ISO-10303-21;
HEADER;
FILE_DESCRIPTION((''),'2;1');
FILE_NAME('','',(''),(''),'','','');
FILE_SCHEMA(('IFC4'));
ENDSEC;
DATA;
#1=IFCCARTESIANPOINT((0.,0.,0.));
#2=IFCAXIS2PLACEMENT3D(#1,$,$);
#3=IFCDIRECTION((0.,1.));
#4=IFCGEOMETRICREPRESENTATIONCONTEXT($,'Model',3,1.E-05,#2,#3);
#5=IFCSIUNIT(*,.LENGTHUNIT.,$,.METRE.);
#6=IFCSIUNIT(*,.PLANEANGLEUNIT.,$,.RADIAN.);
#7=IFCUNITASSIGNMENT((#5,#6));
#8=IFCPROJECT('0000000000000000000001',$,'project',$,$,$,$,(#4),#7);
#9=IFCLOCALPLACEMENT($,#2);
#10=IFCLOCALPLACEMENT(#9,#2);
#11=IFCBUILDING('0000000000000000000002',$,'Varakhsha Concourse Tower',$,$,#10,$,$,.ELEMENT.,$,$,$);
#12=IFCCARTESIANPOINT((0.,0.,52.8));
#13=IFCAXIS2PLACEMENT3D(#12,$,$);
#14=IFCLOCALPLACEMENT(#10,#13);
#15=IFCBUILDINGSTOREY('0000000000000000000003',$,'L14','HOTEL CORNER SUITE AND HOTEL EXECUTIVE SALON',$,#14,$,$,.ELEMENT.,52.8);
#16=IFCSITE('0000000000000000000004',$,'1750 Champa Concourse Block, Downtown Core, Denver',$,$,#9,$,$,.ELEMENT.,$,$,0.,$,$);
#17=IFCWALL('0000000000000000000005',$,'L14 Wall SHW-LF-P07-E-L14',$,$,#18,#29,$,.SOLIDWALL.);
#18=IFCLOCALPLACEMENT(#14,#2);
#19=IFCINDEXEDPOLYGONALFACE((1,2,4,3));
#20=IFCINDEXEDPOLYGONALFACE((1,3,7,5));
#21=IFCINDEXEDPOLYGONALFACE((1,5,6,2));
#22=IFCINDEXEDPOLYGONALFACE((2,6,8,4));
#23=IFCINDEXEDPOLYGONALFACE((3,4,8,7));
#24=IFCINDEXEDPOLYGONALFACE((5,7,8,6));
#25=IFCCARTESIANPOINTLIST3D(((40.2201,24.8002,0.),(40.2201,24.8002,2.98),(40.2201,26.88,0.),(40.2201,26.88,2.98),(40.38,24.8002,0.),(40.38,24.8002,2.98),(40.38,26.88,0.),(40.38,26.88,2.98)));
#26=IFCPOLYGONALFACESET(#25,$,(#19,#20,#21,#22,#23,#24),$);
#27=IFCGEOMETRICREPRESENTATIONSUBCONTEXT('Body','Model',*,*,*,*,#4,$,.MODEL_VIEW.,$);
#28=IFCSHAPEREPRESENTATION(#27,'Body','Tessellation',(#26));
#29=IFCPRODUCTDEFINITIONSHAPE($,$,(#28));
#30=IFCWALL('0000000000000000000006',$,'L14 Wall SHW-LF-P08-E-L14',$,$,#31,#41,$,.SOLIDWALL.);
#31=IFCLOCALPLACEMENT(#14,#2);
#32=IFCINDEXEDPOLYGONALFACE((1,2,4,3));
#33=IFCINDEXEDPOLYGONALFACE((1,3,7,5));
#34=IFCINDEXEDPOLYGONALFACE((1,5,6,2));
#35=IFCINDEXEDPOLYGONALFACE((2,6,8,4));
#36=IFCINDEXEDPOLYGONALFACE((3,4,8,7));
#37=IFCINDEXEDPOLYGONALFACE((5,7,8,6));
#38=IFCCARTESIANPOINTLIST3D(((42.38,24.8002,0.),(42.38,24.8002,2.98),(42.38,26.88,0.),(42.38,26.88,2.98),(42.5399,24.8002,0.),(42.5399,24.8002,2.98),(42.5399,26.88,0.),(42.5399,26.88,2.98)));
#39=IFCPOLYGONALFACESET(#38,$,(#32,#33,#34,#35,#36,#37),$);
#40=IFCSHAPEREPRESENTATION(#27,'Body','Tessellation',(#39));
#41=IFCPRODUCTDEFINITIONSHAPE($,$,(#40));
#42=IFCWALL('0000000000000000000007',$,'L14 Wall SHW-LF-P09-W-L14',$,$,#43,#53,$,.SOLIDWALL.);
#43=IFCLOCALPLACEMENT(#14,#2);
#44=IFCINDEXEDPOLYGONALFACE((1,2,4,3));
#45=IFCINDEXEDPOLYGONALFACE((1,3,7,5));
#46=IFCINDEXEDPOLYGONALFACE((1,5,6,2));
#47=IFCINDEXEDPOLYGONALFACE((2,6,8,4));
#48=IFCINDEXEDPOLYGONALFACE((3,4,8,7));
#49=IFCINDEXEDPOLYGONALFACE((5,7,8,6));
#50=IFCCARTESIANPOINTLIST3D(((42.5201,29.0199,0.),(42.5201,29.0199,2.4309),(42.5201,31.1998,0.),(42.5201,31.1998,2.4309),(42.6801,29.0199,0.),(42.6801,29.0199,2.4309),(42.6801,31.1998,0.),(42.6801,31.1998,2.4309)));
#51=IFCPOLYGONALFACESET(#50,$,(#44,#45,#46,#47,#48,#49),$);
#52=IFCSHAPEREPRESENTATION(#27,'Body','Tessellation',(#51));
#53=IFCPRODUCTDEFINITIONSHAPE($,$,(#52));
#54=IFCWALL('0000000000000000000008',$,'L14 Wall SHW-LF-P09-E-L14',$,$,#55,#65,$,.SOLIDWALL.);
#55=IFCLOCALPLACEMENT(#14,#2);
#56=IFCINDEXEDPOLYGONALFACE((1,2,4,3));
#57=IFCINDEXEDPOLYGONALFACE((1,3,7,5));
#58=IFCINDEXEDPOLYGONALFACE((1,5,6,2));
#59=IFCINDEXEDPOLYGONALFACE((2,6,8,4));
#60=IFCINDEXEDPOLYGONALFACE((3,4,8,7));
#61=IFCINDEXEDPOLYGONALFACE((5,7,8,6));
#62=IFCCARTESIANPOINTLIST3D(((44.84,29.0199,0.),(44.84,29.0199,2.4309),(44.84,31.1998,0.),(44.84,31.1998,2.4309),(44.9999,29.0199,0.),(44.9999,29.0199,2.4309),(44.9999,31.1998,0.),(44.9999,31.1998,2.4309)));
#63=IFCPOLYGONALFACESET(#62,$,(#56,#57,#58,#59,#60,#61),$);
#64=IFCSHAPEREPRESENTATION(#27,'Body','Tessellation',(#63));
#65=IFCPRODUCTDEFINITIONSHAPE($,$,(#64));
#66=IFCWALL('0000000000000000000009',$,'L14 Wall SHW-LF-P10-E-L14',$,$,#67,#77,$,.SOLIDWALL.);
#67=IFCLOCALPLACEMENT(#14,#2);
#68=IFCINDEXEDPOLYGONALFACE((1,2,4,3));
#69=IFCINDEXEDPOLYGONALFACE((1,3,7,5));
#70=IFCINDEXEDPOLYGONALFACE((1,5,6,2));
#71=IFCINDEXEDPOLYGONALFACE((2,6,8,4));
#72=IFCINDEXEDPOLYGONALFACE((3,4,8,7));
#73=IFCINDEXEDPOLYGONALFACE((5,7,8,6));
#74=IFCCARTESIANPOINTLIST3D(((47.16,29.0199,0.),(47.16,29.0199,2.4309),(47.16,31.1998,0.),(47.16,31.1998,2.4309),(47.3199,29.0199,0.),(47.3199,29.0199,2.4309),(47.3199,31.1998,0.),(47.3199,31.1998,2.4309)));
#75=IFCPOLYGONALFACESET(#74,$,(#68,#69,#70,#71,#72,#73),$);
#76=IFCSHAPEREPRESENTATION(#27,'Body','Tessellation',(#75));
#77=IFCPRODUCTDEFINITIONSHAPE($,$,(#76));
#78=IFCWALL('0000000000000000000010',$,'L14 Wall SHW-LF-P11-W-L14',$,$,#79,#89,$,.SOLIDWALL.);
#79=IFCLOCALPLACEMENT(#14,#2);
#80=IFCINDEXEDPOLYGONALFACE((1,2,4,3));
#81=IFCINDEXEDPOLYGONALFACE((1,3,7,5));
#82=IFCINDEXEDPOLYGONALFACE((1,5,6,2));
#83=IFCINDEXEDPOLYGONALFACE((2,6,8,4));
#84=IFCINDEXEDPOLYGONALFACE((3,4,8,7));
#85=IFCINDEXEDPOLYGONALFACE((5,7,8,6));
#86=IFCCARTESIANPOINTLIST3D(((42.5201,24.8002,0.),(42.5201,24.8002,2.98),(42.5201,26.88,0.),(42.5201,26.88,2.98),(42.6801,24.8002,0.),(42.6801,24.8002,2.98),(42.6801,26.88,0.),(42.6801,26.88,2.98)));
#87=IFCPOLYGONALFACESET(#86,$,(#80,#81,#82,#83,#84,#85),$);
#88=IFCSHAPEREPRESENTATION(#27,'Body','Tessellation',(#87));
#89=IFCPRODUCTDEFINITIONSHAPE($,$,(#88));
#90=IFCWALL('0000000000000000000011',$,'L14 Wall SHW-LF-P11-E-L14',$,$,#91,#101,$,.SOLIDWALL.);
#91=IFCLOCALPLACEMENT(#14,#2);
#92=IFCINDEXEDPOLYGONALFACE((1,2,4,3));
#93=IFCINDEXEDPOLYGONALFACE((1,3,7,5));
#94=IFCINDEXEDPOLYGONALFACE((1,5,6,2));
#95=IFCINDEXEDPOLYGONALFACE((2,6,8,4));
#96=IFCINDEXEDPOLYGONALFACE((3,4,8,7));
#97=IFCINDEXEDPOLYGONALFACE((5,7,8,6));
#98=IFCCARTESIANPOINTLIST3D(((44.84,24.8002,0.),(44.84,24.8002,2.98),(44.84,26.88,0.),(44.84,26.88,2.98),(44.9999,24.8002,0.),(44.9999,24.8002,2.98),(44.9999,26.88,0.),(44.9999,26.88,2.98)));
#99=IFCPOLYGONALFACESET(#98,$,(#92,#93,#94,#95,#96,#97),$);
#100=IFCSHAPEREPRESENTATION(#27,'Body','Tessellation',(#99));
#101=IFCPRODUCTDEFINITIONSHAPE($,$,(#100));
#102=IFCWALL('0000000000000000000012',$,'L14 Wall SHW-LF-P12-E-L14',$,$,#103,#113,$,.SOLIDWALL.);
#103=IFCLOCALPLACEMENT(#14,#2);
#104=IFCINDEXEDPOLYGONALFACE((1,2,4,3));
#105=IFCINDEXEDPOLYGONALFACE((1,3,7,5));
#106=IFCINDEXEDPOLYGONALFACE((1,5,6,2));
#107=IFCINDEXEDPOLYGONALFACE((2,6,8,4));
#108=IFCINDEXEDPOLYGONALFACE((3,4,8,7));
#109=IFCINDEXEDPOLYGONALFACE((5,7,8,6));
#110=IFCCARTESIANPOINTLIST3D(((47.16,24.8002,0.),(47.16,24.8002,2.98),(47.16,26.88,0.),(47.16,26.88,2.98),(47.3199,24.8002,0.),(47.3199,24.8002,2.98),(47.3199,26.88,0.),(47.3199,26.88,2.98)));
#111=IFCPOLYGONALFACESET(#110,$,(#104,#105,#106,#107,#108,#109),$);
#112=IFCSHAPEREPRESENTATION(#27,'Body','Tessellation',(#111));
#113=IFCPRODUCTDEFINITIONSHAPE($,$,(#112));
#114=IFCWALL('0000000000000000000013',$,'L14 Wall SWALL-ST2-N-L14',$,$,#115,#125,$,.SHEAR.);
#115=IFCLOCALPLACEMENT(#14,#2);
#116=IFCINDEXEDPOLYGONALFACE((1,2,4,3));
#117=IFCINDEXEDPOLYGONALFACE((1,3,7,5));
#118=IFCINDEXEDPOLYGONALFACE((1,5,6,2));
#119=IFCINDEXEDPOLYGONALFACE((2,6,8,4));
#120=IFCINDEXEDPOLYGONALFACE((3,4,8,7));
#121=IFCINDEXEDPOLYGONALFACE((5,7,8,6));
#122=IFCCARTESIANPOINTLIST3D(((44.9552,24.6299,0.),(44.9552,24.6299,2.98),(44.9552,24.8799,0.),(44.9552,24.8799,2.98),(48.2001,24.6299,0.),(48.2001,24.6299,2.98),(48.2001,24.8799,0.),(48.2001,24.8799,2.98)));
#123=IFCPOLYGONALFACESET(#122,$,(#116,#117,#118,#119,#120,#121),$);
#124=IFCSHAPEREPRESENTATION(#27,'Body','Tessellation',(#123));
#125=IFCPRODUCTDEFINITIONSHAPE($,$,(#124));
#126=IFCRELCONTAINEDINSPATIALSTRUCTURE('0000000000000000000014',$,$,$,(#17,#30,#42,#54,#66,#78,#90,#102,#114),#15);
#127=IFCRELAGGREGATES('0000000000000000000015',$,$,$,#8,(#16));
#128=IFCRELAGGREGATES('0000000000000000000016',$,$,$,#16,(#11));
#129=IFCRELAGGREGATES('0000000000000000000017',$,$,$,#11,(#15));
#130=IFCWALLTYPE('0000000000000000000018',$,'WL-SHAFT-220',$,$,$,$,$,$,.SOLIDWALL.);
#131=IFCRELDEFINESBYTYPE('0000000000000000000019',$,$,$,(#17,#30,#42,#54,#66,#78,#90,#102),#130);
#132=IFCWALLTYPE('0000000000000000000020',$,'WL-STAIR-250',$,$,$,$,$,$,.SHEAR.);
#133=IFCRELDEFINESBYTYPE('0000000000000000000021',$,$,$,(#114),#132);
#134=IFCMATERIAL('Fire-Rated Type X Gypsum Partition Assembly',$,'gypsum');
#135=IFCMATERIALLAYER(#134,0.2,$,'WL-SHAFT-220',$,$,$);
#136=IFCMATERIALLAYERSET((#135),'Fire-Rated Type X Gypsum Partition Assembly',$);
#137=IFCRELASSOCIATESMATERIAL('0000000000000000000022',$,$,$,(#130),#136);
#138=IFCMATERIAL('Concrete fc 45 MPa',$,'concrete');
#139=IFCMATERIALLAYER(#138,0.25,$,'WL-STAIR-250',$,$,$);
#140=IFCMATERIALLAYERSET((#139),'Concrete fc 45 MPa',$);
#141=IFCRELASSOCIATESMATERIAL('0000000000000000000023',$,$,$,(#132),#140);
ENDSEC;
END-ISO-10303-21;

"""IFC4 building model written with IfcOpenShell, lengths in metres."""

from ifc_helpers import new_model, si_unit, direction, frame, frame_2d, origin, place, context, subcontext, project, spatial, rectangle, extrude, material, layer, layer_set, type_object, element, save


model = new_model("IFC4")

# Units and contexts
model_context = context("Model", 3, precision=1e-05, world=origin(), true_north=direction((0.0, 1.0)))
body_context = subcontext(model_context, "Body", "Model", "MODEL_VIEW")
ifc_project = project(units=[si_unit("LENGTHUNIT", "METRE"), si_unit("PLANEANGLEUNIT", "RADIAN")], contexts=[model_context])

# Site, building, storey
site_placement = place(None, origin())
site = spatial("IfcSite", under=ifc_project, at=site_placement, Name="1750 Champa Concourse Block, Downtown Core, Denver", CompositionType="ELEMENT", RefElevation=0.0)
building_placement = place(site_placement, origin())
building = spatial("IfcBuilding", under=site, at=building_placement, Name="Varakhsha Concourse Tower", CompositionType="ELEMENT")
storey_placement = place(building_placement, frame((0.0, 0.0, 52.8)))
storey = spatial("IfcBuildingStorey", under=building, at=storey_placement, Name="L14", Description="HOTEL CORNER SUITE AND HOTEL EXECUTIVE SALON", CompositionType="ELEMENT", Elevation=52.8)

# Shared definitions
ifc_material_1 = material(Name="Fire-Rated Type X Gypsum Partition Assembly", Category="gypsum")

# Walls
ifc_layer_1 = layer(ifc_material_1, 0.2, Name="WL-SHAFT-220")
ifc_layer_set_1 = layer_set([ifc_layer_1], Name="Fire-Rated Type X Gypsum Partition Assembly")
wall_type_1 = type_object("IfcWallType", Name="WL-SHAFT-220", PredefinedType="SOLIDWALL", material=ifc_layer_set_1)
for number, where, z_axis, x_axis, name in (
    (1, (40.3, 24.8, 0.0), (0.0, 0.0, 1.0), (0.0, 1.0, 0.0), "L14 Wall SHW-LF-P07-E-L14"),
    (2, (42.46, 24.8, 0.0), (0.0, 0.0, 1.0), (0.0, 1.0, 0.0), "L14 Wall SHW-LF-P08-E-L14"),
):
    element("IfcWall", number, at=place(storey_placement, frame(where, z_axis=z_axis, x_axis=x_axis)), inside=storey, type_object=wall_type_1, Name=name, PredefinedType="SOLIDWALL", context=body_context, shape_type="SweptSolid", body=[
        extrude(rectangle(XDim=2.0798, YDim=0.1599, at=frame_2d((1.04, 0.0))), origin(), (0.0, 0.0, 1.0), 2.98),
    ])
for number, where, z_axis, x_axis, name in (
    (3, (42.6001, 29.02, 0.0), (0.0, 0.0, 1.0), (0.0, 1.0, 0.0), "L14 Wall SHW-LF-P09-W-L14"),
    (4, (44.9199, 29.02, 0.0), (0.0, 0.0, 1.0), (0.0, 1.0, 0.0), "L14 Wall SHW-LF-P09-E-L14"),
    (5, (47.24, 29.02, 0.0), (0.0, 0.0, 1.0), (0.0, 1.0, 0.0), "L14 Wall SHW-LF-P10-E-L14"),
):
    element("IfcWall", number, at=place(storey_placement, frame(where, z_axis=z_axis, x_axis=x_axis)), inside=storey, type_object=wall_type_1, Name=name, PredefinedType="SOLIDWALL", context=body_context, shape_type="SweptSolid", body=[
        extrude(rectangle(XDim=2.1799, YDim=0.1599, at=frame_2d((1.0898, 0.0))), origin(), (0.0, 0.0, 1.0), 2.4309),
    ])
for number, where, z_axis, x_axis, name in (
    (6, (42.6001, 24.8, 0.0), (0.0, 0.0, 1.0), (0.0, 1.0, 0.0), "L14 Wall SHW-LF-P11-W-L14"),
    (7, (44.9199, 24.8, 0.0), (0.0, 0.0, 1.0), (0.0, 1.0, 0.0), "L14 Wall SHW-LF-P11-E-L14"),
    (8, (47.24, 24.8, 0.0), (0.0, 0.0, 1.0), (0.0, 1.0, 0.0), "L14 Wall SHW-LF-P12-E-L14"),
):
    element("IfcWall", number, at=place(storey_placement, frame(where, z_axis=z_axis, x_axis=x_axis)), inside=storey, type_object=wall_type_1, Name=name, PredefinedType="SOLIDWALL", context=body_context, shape_type="SweptSolid", body=[
        extrude(rectangle(XDim=2.0798, YDim=0.1599, at=frame_2d((1.04, 0.0))), origin(), (0.0, 0.0, 1.0), 2.98),
    ])
ifc_material_2 = material(Name="Concrete fc 45 MPa", Category="concrete")
ifc_layer_2 = layer(ifc_material_2, 0.25, Name="WL-STAIR-250")
ifc_layer_set_2 = layer_set([ifc_layer_2], Name="Concrete fc 45 MPa")
wall_type_2 = type_object("IfcWallType", Name="WL-STAIR-250", PredefinedType="SHEAR", material=ifc_layer_set_2)
wall_1_placement = place(storey_placement, frame((44.9551, 24.7549, 0.0), z_axis=(0.0, 0.0, 1.0), x_axis=(1.0, 0.0, 0.0)))
element("IfcWall", 9, at=wall_1_placement, inside=storey, type_object=wall_type_2, Name="L14 Wall SWALL-ST2-N-L14", PredefinedType="SHEAR", context=body_context, shape_type="SweptSolid", body=[
    extrude(rectangle(XDim=3.2449, YDim=0.25, at=frame_2d((1.6226, 0.0))), origin(), (0.0, 0.0, 1.0), 2.98),
])

save(model, "model.ifc")
